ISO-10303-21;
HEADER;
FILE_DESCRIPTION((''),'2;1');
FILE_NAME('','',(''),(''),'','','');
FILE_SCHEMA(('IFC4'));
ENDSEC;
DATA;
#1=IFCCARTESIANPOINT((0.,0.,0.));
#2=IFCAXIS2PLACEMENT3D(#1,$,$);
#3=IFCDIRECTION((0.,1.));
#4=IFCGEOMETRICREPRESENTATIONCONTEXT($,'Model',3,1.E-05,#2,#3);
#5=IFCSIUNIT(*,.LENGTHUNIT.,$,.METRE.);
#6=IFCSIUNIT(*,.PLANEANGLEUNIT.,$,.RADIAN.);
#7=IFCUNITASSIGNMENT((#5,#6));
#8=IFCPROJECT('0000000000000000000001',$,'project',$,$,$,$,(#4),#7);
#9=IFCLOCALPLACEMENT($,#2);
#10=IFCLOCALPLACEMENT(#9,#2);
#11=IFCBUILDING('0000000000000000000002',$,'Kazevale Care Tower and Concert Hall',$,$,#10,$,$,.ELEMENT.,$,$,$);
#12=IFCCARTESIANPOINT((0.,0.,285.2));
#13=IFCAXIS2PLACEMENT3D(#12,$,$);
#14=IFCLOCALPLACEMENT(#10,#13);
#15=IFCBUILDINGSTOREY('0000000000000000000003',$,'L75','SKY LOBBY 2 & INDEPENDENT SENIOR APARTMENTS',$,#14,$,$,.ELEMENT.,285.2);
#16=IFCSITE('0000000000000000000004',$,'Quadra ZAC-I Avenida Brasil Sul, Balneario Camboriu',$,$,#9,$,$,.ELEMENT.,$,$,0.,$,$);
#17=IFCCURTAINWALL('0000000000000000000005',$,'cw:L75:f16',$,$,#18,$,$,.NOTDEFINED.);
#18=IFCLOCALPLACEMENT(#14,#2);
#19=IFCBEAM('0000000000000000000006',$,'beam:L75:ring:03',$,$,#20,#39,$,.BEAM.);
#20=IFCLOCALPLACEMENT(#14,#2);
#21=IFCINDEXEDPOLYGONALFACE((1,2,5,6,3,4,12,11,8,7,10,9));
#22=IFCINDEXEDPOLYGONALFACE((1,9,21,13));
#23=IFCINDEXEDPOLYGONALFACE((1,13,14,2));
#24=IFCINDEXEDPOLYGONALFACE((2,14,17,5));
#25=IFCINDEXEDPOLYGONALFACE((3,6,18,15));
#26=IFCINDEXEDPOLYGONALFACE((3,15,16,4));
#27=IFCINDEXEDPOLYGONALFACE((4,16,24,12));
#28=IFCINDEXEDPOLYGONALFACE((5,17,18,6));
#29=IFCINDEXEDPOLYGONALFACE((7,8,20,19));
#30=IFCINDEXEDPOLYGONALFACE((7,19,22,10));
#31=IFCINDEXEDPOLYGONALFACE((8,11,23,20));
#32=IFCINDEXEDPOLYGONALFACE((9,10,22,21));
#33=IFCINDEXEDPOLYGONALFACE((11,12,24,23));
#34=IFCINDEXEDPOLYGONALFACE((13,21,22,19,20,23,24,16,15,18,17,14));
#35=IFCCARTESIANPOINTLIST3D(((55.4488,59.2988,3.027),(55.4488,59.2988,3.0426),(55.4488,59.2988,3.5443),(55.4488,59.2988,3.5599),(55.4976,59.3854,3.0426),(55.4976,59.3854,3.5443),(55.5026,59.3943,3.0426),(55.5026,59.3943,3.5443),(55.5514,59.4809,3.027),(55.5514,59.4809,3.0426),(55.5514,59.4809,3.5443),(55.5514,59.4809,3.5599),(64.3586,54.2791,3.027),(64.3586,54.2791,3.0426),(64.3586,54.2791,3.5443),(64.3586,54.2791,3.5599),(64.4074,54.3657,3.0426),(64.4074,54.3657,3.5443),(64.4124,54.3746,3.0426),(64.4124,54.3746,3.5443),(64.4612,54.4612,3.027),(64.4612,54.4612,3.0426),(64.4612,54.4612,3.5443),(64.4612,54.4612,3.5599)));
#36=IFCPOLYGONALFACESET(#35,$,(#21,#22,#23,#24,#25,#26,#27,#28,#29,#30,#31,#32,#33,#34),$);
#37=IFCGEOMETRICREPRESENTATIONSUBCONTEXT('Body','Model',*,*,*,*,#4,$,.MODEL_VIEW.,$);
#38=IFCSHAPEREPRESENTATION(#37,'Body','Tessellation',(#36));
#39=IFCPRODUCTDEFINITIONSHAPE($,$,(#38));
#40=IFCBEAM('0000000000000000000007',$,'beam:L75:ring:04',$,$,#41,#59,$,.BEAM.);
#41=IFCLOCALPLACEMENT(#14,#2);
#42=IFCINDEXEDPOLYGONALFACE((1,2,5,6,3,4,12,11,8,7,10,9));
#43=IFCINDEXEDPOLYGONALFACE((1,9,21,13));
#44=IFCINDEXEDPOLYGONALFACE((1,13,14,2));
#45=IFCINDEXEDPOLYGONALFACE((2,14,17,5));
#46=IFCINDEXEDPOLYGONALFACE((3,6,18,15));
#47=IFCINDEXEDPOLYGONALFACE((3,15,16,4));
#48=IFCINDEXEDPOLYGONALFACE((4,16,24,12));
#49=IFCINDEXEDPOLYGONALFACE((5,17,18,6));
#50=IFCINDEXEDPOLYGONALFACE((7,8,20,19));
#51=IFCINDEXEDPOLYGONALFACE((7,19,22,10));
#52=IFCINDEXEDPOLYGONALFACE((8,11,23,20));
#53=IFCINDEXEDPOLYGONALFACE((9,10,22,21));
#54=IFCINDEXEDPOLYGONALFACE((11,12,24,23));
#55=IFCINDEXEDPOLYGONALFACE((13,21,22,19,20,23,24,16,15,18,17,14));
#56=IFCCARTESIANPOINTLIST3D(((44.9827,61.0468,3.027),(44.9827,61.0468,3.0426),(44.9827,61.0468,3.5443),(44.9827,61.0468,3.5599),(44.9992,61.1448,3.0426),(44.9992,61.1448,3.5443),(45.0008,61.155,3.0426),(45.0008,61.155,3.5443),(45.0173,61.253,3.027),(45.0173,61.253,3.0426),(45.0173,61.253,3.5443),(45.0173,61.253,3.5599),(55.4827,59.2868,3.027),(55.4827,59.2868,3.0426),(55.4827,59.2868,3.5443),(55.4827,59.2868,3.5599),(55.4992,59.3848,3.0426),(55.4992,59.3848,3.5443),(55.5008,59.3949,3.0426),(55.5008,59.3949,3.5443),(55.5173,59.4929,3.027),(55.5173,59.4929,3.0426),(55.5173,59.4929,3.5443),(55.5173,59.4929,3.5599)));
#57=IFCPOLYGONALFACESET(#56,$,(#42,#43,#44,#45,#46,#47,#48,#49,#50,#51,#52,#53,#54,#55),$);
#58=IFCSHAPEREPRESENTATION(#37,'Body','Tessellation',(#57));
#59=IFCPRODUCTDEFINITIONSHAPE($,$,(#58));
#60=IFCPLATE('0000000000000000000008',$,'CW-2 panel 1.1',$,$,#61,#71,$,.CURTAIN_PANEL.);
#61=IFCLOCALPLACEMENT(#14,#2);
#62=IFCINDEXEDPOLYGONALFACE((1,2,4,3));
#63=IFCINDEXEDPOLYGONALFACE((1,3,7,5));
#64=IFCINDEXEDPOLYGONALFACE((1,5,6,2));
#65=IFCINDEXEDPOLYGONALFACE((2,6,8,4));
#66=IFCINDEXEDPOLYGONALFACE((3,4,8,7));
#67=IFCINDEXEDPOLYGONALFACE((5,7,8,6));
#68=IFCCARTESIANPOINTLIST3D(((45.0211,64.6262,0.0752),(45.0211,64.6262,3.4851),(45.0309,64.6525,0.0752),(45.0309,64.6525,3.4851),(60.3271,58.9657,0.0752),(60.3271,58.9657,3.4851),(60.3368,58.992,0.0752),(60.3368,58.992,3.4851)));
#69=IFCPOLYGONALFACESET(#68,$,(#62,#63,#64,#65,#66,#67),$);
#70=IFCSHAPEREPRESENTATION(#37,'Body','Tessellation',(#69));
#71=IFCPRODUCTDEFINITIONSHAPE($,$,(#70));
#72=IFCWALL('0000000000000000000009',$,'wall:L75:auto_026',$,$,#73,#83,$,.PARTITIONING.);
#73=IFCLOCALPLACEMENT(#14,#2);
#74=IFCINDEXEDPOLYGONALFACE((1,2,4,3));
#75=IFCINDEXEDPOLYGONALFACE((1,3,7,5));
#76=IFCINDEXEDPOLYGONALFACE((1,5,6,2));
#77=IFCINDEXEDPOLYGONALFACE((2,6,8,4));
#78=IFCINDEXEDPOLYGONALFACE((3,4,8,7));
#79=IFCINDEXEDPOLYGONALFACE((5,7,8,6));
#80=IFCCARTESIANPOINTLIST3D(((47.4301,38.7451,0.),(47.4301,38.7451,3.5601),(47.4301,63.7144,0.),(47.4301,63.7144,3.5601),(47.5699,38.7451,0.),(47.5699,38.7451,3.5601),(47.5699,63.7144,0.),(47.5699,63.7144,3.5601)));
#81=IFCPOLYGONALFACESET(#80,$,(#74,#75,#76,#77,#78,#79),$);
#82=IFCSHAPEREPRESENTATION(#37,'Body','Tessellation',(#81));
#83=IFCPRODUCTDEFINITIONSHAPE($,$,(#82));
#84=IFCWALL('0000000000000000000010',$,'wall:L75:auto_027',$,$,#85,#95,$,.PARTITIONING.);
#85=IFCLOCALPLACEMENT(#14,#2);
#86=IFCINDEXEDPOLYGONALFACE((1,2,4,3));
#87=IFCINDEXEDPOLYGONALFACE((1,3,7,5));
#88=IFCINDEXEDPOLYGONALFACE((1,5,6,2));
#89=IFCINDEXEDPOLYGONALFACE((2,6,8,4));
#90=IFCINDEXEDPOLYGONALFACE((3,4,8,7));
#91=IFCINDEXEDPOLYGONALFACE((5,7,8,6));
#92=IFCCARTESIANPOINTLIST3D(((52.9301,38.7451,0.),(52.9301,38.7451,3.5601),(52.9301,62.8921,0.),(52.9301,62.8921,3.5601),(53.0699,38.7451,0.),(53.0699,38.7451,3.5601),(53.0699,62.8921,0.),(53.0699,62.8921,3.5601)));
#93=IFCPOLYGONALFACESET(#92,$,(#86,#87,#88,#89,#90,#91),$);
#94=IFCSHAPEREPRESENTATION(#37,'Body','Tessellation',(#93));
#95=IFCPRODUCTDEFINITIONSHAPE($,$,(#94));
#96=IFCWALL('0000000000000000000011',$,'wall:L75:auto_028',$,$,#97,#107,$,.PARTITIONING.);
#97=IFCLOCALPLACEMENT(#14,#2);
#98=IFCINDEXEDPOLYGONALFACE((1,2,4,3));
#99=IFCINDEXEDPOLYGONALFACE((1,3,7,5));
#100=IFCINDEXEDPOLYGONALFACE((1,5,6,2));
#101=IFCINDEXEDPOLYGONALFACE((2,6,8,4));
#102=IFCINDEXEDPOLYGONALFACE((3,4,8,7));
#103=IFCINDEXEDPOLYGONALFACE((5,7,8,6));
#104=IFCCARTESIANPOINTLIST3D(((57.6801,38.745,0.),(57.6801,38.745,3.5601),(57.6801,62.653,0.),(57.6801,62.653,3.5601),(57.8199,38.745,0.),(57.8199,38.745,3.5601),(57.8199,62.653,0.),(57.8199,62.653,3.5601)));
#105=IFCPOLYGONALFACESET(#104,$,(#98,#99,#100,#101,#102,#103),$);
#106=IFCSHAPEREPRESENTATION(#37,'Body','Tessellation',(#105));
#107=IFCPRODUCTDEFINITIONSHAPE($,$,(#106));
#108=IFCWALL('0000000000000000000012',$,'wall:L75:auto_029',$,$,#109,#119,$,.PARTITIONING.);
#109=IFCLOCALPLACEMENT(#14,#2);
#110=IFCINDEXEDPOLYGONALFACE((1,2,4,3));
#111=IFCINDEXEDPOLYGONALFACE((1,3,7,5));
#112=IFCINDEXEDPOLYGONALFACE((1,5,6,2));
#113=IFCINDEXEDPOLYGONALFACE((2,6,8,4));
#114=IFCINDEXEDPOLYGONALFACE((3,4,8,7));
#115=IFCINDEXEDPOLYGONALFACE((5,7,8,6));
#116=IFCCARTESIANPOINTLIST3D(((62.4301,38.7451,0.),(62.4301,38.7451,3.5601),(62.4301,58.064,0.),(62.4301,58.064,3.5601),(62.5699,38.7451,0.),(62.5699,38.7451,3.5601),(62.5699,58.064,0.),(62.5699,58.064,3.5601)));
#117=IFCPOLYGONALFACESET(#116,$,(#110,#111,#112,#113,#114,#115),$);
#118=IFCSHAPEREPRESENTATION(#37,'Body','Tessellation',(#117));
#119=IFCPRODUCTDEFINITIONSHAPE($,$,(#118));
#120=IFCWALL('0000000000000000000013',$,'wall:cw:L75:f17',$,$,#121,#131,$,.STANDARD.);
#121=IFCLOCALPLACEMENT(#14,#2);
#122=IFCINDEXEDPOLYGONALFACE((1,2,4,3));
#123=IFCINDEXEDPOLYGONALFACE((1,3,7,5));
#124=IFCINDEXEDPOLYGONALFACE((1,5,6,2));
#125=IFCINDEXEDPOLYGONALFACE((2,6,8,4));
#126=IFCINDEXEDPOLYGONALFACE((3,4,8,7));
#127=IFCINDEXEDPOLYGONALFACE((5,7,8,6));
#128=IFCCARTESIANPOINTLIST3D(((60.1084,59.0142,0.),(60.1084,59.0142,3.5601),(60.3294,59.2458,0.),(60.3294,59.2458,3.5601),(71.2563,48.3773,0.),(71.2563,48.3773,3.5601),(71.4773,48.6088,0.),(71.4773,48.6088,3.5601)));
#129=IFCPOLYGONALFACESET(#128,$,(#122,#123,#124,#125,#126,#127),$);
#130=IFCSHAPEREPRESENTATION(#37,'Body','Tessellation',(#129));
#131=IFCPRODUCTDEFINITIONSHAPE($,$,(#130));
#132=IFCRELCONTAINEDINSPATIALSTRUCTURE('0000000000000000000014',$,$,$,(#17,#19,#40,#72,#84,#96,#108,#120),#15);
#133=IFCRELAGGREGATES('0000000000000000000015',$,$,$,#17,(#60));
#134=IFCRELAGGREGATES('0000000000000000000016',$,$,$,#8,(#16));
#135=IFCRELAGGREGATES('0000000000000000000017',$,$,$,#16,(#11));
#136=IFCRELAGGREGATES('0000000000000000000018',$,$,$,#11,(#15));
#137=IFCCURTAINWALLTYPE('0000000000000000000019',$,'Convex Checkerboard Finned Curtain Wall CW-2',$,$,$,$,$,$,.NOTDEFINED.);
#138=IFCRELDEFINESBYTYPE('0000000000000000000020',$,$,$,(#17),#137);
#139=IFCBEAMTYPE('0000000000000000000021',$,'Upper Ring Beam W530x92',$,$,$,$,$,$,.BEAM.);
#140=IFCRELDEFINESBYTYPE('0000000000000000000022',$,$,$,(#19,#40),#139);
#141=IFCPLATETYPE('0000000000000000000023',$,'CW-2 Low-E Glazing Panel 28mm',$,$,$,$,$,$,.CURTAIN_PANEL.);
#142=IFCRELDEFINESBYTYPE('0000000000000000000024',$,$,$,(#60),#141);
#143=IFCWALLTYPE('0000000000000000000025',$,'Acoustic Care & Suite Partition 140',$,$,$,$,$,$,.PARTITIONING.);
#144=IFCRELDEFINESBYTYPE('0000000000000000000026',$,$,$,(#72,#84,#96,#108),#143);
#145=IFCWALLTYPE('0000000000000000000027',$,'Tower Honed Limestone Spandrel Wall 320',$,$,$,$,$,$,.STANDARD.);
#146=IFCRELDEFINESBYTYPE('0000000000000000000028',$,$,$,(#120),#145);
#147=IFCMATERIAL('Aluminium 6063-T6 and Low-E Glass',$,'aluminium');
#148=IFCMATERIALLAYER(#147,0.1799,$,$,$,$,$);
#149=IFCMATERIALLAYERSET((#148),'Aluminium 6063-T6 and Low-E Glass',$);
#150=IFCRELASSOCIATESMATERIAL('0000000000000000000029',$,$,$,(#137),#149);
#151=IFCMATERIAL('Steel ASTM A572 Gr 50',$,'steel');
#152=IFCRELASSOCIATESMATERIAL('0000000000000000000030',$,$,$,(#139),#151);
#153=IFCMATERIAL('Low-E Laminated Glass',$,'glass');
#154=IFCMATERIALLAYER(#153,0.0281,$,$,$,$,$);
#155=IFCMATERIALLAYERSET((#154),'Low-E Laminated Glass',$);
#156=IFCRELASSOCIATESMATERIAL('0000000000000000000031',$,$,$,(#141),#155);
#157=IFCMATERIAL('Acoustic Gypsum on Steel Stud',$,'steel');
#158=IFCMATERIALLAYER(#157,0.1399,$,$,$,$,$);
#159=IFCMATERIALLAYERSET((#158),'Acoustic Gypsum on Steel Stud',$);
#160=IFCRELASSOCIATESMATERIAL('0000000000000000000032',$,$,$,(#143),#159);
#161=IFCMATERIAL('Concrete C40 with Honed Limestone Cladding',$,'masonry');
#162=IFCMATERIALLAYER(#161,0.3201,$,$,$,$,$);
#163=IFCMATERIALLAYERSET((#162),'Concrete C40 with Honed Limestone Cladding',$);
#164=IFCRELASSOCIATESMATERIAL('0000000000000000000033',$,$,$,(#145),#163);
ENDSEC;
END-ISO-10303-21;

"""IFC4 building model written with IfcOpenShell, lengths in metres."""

from ifc_helpers import new_model, si_unit, direction, frame, frame_2d, origin, origin_2d, place, context, subcontext, project, spatial, rectangle, i_section, extrude, material, layer, layer_set, material_profile, profile_set, type_object, element, aggregate, save


model = new_model("IFC4")

# Units and contexts
model_context = context("Model", 3, precision=1e-05, world=origin(), true_north=direction((0.0, 1.0)))
body_context = subcontext(model_context, "Body", "Model", "MODEL_VIEW")
ifc_project = project(units=[si_unit("LENGTHUNIT", "METRE"), si_unit("PLANEANGLEUNIT", "RADIAN")], contexts=[model_context])

# Site, building, storey
site_placement = place(None, origin())
site = spatial("IfcSite", under=ifc_project, at=site_placement, Name="Quadra ZAC-I Avenida Brasil Sul, Balneario Camboriu", CompositionType="ELEMENT", RefElevation=0.0)
building_placement = place(site_placement, origin())
building = spatial("IfcBuilding", under=site, at=building_placement, Name="Kazevale Care Tower and Concert Hall", CompositionType="ELEMENT")
storey_placement = place(building_placement, frame((0.0, 0.0, 285.2)))
storey = spatial("IfcBuildingStorey", under=building, at=storey_placement, Name="L75", Description="SKY LOBBY 2 & INDEPENDENT SENIOR APARTMENTS", CompositionType="ELEMENT", Elevation=285.2)

# Curtain wall
ifc_material_1 = material(Name="Aluminium 6063-T6 and Low-E Glass", Category="aluminium")
ifc_layer_1 = layer(ifc_material_1, 0.1799)
ifc_layer_set_1 = layer_set([ifc_layer_1], Name="Aluminium 6063-T6 and Low-E Glass")
curtain_wall_type_1 = type_object("IfcCurtainWallType", Name="Convex Checkerboard Finned Curtain Wall CW-2", PredefinedType="NOTDEFINED", material=ifc_layer_set_1)
curtain_wall_1_placement = place(storey_placement, origin())
curtain_wall_1 = element("IfcCurtainWall", 1, at=curtain_wall_1_placement, inside=storey, type_object=curtain_wall_type_1, Name="cw:L75:f16", PredefinedType="NOTDEFINED")

# Beams
ifc_material_2 = material(Name="Steel ASTM A572 Gr 50", Category="steel")
ifc_material_profile_1 = material_profile(ifc_material_2, i_section(OverallWidth=0.209, OverallDepth=0.533, WebThickness=0.0103, FlangeThickness=0.0156, at=origin_2d()), Name="W530x92")
ifc_profile_set_1 = profile_set([ifc_material_profile_1], Name="Steel ASTM A572 Gr 50")
beam_type_1 = type_object("IfcBeamType", Name="Upper Ring Beam W530x92", PredefinedType="BEAM", material=ifc_profile_set_1)
beam_1_placement = place(storey_placement, frame((64.4099, 54.3701, 3.2935), z_axis=(-0.871243, 0.490852, 0.0), x_axis=(-0.490852, -0.871243, 0.0)))
element("IfcBeam", 2, at=beam_1_placement, inside=storey, type_object=beam_type_1, Name="beam:L75:ring:03", PredefinedType="BEAM", context=body_context, shape_type="SweptSolid", body=[
    extrude(i_section(OverallWidth=0.209, OverallDepth=0.533, WebThickness=0.0103, FlangeThickness=0.0156, at=origin_2d()), origin(), (0.0, 0.0, 1.0), 10.2266),
])
beam_2_placement = place(storey_placement, frame((55.5, 59.3899, 3.2935), z_axis=(-0.986241, 0.165314, 0.0), x_axis=(-0.165314, -0.986241, 0.0)))
element("IfcBeam", 3, at=beam_2_placement, inside=storey, type_object=beam_type_1, Name="beam:L75:ring:04", PredefinedType="BEAM", context=body_context, shape_type="SweptSolid", body=[
    extrude(i_section(OverallWidth=0.209, OverallDepth=0.533, WebThickness=0.0103, FlangeThickness=0.0156, at=origin_2d()), origin(), (0.0, 0.0, 1.0), 10.6465),
])

# Plate
ifc_material_3 = material(Name="Low-E Laminated Glass", Category="glass")
ifc_layer_2 = layer(ifc_material_3, 0.0281)
ifc_layer_set_2 = layer_set([ifc_layer_2], Name="Low-E Laminated Glass")
plate_type = type_object("IfcPlateType", Name="CW-2 Low-E Glazing Panel 28mm", PredefinedType="CURTAIN_PANEL", material=ifc_layer_set_2)
plate_placement = place(storey_placement, frame((52.679, 61.8091, 0.0752), z_axis=(0.0, 0.0, 1.0), x_axis=(0.937916, -0.346864, 0.0)))
plate = element("IfcPlate", 4, at=plate_placement, type_object=plate_type, Name="CW-2 panel 1.1", PredefinedType="CURTAIN_PANEL", context=body_context, shape_type="SweptSolid", body=[
    extrude(rectangle(XDim=16.3191, YDim=0.0281, at=origin_2d()), origin(), (0.0, 0.0, 1.0), 3.4099),
])
aggregate(curtain_wall_1, [plate])

# Walls
ifc_material_4 = material(Name="Acoustic Gypsum on Steel Stud", Category="steel")
ifc_layer_3 = layer(ifc_material_4, 0.1399)
ifc_layer_set_3 = layer_set([ifc_layer_3], Name="Acoustic Gypsum on Steel Stud")
wall_type_1 = type_object("IfcWallType", Name="Acoustic Care & Suite Partition 140", PredefinedType="PARTITIONING", material=ifc_layer_set_3)
wall_1_placement = place(storey_placement, frame((47.5, 63.7144, 0.0), z_axis=(0.0, 0.0, 1.0), x_axis=(0.0, -1.0, 0.0)))
element("IfcWall", 5, at=wall_1_placement, inside=storey, type_object=wall_type_1, Name="wall:L75:auto_026", PredefinedType="PARTITIONING", context=body_context, shape_type="SweptSolid", body=[
    extrude(rectangle(XDim=24.9692, YDim=0.1399, at=frame_2d((12.4846, 0.0))), origin(), (0.0, 0.0, 1.0), 3.5601),
])
wall_2_placement = place(storey_placement, frame((53.0, 62.8921, 0.0), z_axis=(0.0, 0.0, 1.0), x_axis=(0.0, -1.0, 0.0)))
element("IfcWall", 6, at=wall_2_placement, inside=storey, type_object=wall_type_1, Name="wall:L75:auto_027", PredefinedType="PARTITIONING", context=body_context, shape_type="SweptSolid", body=[
    extrude(rectangle(XDim=24.147, YDim=0.1399, at=frame_2d((12.0735, 0.0))), origin(), (0.0, 0.0, 1.0), 3.5601),
])
wall_3_placement = place(storey_placement, frame((57.75, 62.6531, 0.0), z_axis=(0.0, 0.0, 1.0), x_axis=(0.0, -1.0, 0.0)))
element("IfcWall", 7, at=wall_3_placement, inside=storey, type_object=wall_type_1, Name="wall:L75:auto_028", PredefinedType="PARTITIONING", context=body_context, shape_type="SweptSolid", body=[
    extrude(rectangle(XDim=23.908, YDim=0.1399, at=frame_2d((11.9541, 0.0))), origin(), (0.0, 0.0, 1.0), 3.5601),
])
wall_4_placement = place(storey_placement, frame((62.5, 58.064, 0.0), z_axis=(0.0, 0.0, 1.0), x_axis=(0.0, -1.0, 0.0)))
element("IfcWall", 8, at=wall_4_placement, inside=storey, type_object=wall_type_1, Name="wall:L75:auto_029", PredefinedType="PARTITIONING", context=body_context, shape_type="SweptSolid", body=[
    extrude(rectangle(XDim=19.3188, YDim=0.1399, at=frame_2d((9.6594, 0.0))), origin(), (0.0, 0.0, 1.0), 3.5601),
])
ifc_material_5 = material(Name="Concrete C40 with Honed Limestone Cladding", Category="masonry")
ifc_layer_4 = layer(ifc_material_5, 0.3201)
ifc_layer_set_4 = layer_set([ifc_layer_4], Name="Concrete C40 with Honed Limestone Cladding")
wall_type_2 = type_object("IfcWallType", Name="Tower Honed Limestone Spandrel Wall 320", PredefinedType="STANDARD", material=ifc_layer_set_4)
wall_5_placement = place(storey_placement, frame((60.219, 59.1299, 0.0), z_axis=(0.0, 0.0, 1.0), x_axis=(0.723494, -0.690331, 0.0)))
element("IfcWall", 9, at=wall_5_placement, inside=storey, type_object=wall_type_2, Name="wall:cw:L75:f17", PredefinedType="STANDARD", context=body_context, shape_type="SweptSolid", body=[
    extrude(rectangle(XDim=15.4084, YDim=0.3201, at=frame_2d((7.7041, 0.0))), origin(), (0.0, 0.0, 1.0), 3.5601),
])

save(model, "model.ifc")
